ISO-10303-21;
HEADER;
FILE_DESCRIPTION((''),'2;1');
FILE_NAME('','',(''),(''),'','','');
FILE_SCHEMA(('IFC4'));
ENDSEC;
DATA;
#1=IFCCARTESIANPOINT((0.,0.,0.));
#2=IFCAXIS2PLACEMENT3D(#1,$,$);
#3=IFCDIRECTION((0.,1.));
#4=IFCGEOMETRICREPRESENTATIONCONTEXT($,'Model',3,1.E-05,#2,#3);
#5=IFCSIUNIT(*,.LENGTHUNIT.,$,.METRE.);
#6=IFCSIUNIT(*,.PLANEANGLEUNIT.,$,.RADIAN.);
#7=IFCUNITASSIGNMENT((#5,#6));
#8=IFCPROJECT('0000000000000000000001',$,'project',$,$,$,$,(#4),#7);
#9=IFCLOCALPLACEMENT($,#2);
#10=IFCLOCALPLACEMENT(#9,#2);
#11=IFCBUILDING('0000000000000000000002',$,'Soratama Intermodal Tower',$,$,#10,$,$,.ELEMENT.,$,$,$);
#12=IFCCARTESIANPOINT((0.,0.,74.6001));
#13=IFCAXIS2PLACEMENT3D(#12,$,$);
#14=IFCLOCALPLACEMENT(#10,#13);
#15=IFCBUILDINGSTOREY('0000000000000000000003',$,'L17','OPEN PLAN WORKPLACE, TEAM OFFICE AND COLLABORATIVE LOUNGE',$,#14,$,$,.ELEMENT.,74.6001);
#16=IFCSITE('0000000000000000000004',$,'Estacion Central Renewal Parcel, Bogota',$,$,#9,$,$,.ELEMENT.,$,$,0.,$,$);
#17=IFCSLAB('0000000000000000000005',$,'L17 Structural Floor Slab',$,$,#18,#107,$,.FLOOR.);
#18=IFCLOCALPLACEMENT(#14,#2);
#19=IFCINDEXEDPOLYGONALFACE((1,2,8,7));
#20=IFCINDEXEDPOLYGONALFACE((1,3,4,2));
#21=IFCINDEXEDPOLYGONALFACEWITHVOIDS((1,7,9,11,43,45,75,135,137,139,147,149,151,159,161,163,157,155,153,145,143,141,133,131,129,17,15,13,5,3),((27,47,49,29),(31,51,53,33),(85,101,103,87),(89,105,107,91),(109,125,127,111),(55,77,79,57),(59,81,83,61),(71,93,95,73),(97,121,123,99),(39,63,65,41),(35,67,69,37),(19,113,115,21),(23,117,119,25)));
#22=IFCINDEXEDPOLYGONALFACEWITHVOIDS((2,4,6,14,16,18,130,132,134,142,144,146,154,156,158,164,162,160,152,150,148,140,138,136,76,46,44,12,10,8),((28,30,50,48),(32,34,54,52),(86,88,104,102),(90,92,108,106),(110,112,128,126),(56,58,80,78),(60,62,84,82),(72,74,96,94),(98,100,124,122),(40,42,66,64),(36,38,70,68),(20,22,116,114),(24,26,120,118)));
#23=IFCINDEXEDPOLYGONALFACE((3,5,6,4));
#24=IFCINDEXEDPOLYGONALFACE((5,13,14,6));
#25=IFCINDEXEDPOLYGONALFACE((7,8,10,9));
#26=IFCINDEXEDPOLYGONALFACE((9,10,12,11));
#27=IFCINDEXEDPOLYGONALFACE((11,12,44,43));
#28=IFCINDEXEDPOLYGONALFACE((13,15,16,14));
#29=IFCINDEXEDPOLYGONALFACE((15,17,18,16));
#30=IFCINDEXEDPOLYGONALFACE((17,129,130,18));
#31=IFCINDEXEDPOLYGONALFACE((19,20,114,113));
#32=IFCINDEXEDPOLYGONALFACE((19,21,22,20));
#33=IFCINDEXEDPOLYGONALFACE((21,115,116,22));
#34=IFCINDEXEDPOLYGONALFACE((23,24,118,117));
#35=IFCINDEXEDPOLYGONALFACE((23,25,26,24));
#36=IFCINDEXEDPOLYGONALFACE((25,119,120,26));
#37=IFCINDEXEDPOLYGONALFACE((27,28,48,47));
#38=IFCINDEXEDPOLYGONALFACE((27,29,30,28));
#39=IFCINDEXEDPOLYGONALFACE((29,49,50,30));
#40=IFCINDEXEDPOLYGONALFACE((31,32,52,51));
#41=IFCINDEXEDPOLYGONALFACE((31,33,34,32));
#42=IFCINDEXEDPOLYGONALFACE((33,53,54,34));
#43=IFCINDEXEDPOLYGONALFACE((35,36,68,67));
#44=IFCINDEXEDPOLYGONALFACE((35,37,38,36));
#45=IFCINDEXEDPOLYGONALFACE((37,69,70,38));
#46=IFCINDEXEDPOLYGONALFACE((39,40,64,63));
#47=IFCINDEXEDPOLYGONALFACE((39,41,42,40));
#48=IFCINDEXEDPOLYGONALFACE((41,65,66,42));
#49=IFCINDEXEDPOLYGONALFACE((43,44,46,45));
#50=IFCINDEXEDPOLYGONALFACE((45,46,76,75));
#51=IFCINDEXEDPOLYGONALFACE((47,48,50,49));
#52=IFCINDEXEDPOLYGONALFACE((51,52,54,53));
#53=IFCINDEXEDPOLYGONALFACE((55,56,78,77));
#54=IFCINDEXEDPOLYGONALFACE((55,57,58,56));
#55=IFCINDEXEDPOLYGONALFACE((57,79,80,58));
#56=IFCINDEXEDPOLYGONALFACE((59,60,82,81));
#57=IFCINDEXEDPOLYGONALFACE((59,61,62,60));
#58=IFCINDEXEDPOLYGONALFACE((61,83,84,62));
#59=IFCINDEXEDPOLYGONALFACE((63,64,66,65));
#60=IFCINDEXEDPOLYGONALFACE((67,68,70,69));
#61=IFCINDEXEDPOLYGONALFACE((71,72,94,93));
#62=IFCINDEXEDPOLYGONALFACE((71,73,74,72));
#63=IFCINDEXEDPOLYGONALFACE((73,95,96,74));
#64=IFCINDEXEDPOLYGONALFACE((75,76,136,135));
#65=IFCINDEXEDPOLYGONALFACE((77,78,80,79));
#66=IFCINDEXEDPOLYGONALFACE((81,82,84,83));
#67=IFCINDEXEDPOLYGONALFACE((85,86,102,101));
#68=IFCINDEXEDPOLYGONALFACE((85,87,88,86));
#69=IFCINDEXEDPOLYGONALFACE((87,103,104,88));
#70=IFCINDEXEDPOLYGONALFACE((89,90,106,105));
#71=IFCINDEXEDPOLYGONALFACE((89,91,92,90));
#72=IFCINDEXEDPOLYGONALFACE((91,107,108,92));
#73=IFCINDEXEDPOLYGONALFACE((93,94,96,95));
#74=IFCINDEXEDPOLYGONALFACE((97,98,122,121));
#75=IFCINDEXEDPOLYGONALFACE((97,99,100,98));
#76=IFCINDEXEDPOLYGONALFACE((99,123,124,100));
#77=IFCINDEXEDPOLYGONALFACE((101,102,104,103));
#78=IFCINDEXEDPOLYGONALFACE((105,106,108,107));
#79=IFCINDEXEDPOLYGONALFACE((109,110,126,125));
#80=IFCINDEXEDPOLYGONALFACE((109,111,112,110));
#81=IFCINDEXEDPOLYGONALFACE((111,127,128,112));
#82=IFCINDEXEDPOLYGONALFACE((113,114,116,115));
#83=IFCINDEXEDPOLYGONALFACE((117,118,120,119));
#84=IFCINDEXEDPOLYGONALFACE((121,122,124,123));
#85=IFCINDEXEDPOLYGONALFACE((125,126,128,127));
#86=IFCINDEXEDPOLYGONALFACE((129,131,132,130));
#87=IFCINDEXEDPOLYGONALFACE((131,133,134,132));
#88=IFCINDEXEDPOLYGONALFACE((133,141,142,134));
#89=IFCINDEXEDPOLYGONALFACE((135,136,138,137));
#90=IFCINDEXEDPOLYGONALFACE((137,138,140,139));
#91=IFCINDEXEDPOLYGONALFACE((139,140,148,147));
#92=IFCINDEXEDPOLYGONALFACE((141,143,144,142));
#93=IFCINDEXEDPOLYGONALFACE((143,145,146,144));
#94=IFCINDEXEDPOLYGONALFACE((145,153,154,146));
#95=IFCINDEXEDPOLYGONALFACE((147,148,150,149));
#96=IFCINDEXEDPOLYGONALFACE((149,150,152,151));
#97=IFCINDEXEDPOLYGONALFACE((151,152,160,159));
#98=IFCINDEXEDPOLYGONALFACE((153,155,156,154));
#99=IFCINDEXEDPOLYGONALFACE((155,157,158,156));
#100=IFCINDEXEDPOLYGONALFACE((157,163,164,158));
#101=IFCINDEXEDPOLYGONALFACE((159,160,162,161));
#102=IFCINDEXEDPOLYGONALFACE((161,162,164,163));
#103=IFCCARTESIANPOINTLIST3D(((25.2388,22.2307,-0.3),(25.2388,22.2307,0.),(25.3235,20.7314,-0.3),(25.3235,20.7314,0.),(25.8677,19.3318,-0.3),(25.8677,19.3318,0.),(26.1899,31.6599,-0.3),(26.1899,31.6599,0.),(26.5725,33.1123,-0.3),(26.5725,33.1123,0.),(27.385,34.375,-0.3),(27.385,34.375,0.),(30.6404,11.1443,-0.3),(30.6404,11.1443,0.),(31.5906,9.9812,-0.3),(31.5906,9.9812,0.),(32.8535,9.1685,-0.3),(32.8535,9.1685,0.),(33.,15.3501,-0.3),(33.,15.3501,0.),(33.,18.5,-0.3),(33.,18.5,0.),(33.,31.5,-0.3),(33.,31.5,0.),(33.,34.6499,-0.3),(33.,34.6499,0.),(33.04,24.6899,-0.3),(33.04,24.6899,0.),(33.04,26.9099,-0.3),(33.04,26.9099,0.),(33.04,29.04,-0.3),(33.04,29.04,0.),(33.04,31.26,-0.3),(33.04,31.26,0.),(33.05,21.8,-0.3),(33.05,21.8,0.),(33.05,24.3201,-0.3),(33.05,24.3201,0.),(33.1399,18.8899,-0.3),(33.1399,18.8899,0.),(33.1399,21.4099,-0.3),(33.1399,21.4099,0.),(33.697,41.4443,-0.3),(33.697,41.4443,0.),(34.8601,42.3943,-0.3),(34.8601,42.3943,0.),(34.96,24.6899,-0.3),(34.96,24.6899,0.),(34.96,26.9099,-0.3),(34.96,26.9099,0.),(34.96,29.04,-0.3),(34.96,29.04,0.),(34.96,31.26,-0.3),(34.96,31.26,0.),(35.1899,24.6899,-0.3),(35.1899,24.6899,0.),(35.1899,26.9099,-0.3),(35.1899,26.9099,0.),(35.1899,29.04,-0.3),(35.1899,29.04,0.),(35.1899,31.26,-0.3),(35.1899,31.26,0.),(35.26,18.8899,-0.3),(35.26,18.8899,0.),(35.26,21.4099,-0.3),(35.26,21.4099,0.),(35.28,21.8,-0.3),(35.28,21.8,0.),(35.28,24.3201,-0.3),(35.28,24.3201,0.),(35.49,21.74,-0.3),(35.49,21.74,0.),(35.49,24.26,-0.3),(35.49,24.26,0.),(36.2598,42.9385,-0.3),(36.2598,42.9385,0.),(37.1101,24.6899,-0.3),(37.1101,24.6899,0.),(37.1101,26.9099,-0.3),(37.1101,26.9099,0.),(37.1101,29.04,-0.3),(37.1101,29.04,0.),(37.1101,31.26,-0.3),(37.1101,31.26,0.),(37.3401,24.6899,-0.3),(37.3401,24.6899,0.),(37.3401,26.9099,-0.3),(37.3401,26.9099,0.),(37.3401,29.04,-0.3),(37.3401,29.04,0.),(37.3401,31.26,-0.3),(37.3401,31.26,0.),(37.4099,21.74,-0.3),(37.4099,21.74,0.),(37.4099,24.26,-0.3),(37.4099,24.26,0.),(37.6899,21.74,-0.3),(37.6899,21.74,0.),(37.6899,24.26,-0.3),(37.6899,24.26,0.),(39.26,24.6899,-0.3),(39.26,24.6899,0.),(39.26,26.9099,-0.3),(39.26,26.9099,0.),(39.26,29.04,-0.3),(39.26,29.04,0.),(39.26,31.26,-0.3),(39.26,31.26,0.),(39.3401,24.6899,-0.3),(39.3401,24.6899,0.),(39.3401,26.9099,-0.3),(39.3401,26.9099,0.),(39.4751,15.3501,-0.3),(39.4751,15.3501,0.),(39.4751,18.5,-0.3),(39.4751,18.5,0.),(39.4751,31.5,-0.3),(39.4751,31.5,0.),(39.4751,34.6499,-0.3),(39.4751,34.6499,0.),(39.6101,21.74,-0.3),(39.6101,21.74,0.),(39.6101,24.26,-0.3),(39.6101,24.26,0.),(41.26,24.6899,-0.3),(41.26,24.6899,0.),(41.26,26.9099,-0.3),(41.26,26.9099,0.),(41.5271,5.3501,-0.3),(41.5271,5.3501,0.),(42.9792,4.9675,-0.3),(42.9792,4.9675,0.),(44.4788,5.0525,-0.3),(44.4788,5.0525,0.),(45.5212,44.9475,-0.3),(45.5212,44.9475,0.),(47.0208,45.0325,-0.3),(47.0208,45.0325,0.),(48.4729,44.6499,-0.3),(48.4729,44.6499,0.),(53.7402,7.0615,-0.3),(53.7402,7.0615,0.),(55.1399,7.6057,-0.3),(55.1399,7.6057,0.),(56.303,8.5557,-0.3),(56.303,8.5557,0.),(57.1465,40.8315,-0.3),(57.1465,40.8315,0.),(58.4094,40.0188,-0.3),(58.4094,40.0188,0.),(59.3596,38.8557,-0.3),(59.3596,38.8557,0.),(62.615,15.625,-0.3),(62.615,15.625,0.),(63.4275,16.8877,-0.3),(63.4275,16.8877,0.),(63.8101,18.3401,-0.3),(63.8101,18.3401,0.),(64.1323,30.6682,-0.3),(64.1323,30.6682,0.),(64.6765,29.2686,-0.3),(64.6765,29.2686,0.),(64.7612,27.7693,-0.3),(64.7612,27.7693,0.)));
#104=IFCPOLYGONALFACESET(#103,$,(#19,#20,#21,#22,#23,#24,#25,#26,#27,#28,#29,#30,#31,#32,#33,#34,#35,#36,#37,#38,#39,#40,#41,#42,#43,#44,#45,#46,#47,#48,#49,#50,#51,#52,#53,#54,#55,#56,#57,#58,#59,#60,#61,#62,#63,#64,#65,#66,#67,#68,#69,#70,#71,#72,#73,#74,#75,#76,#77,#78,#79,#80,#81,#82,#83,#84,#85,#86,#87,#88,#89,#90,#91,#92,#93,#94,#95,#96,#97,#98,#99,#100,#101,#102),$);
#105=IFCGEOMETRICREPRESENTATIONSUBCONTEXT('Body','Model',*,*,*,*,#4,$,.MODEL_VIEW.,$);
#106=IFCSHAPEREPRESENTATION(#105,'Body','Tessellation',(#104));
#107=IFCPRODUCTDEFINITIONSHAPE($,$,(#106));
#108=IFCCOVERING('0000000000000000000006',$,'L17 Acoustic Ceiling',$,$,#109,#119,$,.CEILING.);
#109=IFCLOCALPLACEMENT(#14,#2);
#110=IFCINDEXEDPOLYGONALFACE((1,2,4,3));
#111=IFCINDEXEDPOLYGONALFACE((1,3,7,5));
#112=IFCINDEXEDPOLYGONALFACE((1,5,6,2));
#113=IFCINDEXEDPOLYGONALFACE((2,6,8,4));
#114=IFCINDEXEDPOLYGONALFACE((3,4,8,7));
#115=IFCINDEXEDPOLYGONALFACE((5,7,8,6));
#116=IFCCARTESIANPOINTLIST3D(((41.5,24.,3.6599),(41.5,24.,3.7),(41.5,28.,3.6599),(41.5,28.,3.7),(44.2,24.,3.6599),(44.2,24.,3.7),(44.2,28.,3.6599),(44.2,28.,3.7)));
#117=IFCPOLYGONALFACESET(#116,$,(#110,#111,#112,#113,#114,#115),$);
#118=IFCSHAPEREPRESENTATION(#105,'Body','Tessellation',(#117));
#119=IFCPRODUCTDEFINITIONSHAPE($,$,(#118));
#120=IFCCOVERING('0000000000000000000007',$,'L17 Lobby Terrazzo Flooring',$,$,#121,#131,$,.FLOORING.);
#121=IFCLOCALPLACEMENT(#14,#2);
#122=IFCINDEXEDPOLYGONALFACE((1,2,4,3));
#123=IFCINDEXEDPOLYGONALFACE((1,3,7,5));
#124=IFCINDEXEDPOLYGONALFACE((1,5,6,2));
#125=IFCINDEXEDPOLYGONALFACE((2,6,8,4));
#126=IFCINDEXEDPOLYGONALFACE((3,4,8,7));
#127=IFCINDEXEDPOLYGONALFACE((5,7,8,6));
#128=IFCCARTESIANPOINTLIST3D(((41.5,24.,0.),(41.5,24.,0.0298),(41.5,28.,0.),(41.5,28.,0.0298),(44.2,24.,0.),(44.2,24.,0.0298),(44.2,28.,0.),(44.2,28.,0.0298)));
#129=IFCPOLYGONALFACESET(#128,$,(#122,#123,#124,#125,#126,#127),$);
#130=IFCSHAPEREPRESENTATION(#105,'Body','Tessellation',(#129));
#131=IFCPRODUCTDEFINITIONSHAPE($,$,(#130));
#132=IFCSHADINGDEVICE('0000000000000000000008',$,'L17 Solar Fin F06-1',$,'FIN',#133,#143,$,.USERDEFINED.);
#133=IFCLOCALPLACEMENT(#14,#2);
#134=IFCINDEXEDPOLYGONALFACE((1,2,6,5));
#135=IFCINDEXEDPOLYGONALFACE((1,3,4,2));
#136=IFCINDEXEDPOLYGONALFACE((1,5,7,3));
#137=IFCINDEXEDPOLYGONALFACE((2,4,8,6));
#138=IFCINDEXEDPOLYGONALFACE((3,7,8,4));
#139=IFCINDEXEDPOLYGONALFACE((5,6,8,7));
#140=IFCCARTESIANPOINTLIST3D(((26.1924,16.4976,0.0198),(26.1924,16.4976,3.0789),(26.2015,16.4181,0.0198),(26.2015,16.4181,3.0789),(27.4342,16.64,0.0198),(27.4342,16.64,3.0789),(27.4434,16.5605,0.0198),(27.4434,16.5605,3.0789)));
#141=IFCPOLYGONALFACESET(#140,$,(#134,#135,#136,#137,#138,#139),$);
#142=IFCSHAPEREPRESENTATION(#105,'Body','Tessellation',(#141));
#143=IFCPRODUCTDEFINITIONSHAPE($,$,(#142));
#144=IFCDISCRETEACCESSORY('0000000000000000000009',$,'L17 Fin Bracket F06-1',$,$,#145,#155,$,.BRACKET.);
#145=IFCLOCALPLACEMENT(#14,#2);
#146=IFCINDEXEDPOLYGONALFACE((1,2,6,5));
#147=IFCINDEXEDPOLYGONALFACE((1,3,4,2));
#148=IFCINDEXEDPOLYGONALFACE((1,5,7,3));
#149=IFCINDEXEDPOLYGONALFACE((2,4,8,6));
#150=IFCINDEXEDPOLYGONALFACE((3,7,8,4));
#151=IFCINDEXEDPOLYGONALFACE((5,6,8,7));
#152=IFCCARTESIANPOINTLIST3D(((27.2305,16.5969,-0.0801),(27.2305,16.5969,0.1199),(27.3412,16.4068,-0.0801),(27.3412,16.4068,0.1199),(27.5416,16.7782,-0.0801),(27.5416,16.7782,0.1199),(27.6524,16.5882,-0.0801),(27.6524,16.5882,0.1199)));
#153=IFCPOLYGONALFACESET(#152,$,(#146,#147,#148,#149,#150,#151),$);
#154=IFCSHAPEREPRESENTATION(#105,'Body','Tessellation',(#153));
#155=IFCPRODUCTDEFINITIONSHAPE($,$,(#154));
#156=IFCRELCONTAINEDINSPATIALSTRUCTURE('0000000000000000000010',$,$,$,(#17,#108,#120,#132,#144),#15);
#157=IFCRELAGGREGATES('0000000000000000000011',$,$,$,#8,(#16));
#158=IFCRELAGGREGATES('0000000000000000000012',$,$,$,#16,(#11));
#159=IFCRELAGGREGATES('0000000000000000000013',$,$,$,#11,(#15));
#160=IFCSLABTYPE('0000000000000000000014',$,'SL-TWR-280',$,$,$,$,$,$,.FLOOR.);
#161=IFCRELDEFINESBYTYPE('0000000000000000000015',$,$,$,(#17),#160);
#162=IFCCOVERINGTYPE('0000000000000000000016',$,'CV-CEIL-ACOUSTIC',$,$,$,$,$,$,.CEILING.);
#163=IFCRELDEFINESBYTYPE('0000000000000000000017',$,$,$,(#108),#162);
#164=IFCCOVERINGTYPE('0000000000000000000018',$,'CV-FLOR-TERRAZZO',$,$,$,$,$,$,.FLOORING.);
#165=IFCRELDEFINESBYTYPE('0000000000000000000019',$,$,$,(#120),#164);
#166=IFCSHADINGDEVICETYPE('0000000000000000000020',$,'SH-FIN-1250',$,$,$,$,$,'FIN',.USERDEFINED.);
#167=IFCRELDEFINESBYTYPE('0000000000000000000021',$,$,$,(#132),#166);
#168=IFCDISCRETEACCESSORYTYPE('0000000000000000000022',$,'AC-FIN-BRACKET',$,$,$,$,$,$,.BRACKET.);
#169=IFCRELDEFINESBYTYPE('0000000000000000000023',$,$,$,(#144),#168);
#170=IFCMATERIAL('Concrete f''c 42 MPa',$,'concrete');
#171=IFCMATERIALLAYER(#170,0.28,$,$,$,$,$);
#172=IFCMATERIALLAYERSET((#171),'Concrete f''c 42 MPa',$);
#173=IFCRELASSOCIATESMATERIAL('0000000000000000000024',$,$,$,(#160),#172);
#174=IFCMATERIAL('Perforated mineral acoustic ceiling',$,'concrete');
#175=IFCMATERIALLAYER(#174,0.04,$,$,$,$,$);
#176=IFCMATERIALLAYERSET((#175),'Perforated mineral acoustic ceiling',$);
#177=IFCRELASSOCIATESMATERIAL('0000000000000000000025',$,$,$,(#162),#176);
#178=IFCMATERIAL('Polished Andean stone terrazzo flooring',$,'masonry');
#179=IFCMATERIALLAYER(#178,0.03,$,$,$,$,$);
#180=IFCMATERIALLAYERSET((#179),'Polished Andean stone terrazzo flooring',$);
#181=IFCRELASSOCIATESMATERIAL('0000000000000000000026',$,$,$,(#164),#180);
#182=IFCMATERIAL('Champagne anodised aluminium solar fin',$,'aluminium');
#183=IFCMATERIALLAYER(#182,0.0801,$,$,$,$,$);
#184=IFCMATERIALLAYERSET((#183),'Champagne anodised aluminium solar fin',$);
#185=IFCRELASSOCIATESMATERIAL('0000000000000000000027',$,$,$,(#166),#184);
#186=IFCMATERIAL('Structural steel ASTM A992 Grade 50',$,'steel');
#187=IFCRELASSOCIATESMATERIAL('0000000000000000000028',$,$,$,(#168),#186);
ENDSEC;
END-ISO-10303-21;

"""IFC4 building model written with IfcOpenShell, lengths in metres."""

from ifc_helpers import new_model, si_unit, direction, frame, origin, origin_2d, place, context, subcontext, project, spatial, polyline, rectangle, outline, extrude, material, layer, layer_set, type_object, element, save


model = new_model("IFC4")

# Units and contexts
model_context = context("Model", 3, precision=1e-05, world=origin(), true_north=direction((0.0, 1.0)))
body_context = subcontext(model_context, "Body", "Model", "MODEL_VIEW")
ifc_project = project(units=[si_unit("LENGTHUNIT", "METRE"), si_unit("PLANEANGLEUNIT", "RADIAN")], contexts=[model_context])

# Site, building, storey
site_placement = place(None, origin())
site = spatial("IfcSite", under=ifc_project, at=site_placement, Name="Estacion Central Renewal Parcel, Bogota", CompositionType="ELEMENT", RefElevation=0.0)
building_placement = place(site_placement, origin())
building = spatial("IfcBuilding", under=site, at=building_placement, Name="Soratama Intermodal Tower", CompositionType="ELEMENT")
storey_placement = place(building_placement, frame((0.0, 0.0, 74.6001)))
storey = spatial("IfcBuildingStorey", under=building, at=storey_placement, Name="L17", Description="OPEN PLAN WORKPLACE, TEAM OFFICE AND COLLABORATIVE LOUNGE", CompositionType="ELEMENT", Elevation=74.6001)

# Slab
ifc_material_1 = material(Name="Concrete f'c 42 MPa", Category="concrete")
ifc_layer_1 = layer(ifc_material_1, 0.28)
ifc_layer_set_1 = layer_set([ifc_layer_1], Name="Concrete f'c 42 MPa")
slab_type_1 = type_object("IfcSlabType", Name="SL-TWR-280", PredefinedType="FLOOR", material=ifc_layer_set_1)
slab_1_placement = place(storey_placement, frame((0.0, 0.0, -0.3)))
element("IfcSlab", 1, at=slab_1_placement, inside=storey, type_object=slab_type_1, Name="L17 Structural Floor Slab", PredefinedType="FLOOR", context=body_context, shape_type="SweptSolid", body=[
    extrude(outline(polyline([(64.7612, 27.7693), (64.6765, 29.2686), (64.1323, 30.6682), (59.3596, 38.8557), (58.4094, 40.0188), (57.1465, 40.8315), (48.4729, 44.6499), (47.0208, 45.0325), (45.5212, 44.9475), (36.2598, 42.9385), (34.8601, 42.3943), (33.697, 41.4443), (27.385, 34.375), (26.5725, 33.1123), (26.1899, 31.6599), (25.2388, 22.2307), (25.3235, 20.7314), (25.8677, 19.3318), (30.6404, 11.1443), (31.5906, 9.9812), (32.8535, 9.1685), (41.5271, 5.3501), (42.9792, 4.9675), (44.4788, 5.0525), (53.7402, 7.0615), (55.1399, 7.6057), (56.303, 8.5557), (62.615, 15.625), (63.4275, 16.8877), (63.8101, 18.3401), (64.7612, 27.7693)]), holes=[polyline([(33.0, 18.5), (33.0, 15.3501), (39.4751, 15.3501), (39.4751, 18.5), (33.0, 18.5)]), polyline([(35.26, 18.8899), (35.26, 21.4099), (33.1399, 21.4099), (33.1399, 18.8899), (35.26, 18.8899)]), polyline([(33.05, 21.8), (35.28, 21.8), (35.28, 24.3201), (33.05, 24.3201), (33.05, 21.8)]), polyline([(34.96, 26.9099), (33.04, 26.9099), (33.04, 24.6899), (34.96, 24.6899), (34.96, 26.9099)]), polyline([(37.1101, 24.6899), (37.1101, 26.9099), (35.1899, 26.9099), (35.1899, 24.6899), (37.1101, 24.6899)]), polyline([(34.96, 29.04), (34.96, 31.26), (33.04, 31.26), (33.04, 29.04), (34.96, 29.04)]), polyline([(37.1101, 31.26), (35.1899, 31.26), (35.1899, 29.04), (37.1101, 29.04), (37.1101, 31.26)]), polyline([(37.4099, 21.74), (37.4099, 24.26), (35.49, 24.26), (35.49, 21.74), (37.4099, 21.74)]), polyline([(39.6101, 21.74), (39.6101, 24.26), (37.6899, 24.26), (37.6899, 21.74), (39.6101, 21.74)]), polyline([(39.26, 24.6899), (39.26, 26.9099), (37.3401, 26.9099), (37.3401, 24.6899), (39.26, 24.6899)]), polyline([(41.26, 24.6899), (41.26, 26.9099), (39.3401, 26.9099), (39.3401, 24.6899), (41.26, 24.6899)]), polyline([(39.26, 29.04), (39.26, 31.26), (37.3401, 31.26), (37.3401, 29.04), (39.26, 29.04)]), polyline([(39.4751, 34.6499), (33.0, 34.6499), (33.0, 31.5), (39.4751, 31.5), (39.4751, 34.6499)])]), origin(), (0.0, 0.0, 1.0), 0.3),
])

# Coverings
ifc_material_2 = material(Name="Perforated mineral acoustic ceiling", Category="concrete")
ifc_layer_2 = layer(ifc_material_2, 0.04)
ifc_layer_set_2 = layer_set([ifc_layer_2], Name="Perforated mineral acoustic ceiling")
covering_type_1 = type_object("IfcCoveringType", Name="CV-CEIL-ACOUSTIC", PredefinedType="CEILING", material=ifc_layer_set_2)
covering_1_placement = place(storey_placement, frame((0.0, 0.0, 3.6599)))
element("IfcCovering", 2, at=covering_1_placement, inside=storey, type_object=covering_type_1, Name="L17 Acoustic Ceiling", PredefinedType="CEILING", context=body_context, shape_type="SweptSolid", body=[
    extrude(outline(polyline([(41.5, 24.0), (44.2, 24.0), (44.2, 28.0), (41.5, 28.0), (41.5, 24.0)])), origin(), (0.0, 0.0, 1.0), 0.04),
])
ifc_material_3 = material(Name="Polished Andean stone terrazzo flooring", Category="masonry")
ifc_layer_3 = layer(ifc_material_3, 0.03)
ifc_layer_set_3 = layer_set([ifc_layer_3], Name="Polished Andean stone terrazzo flooring")
covering_type_2 = type_object("IfcCoveringType", Name="CV-FLOR-TERRAZZO", PredefinedType="FLOORING", material=ifc_layer_set_3)
covering_2_placement = place(storey_placement, origin())
element("IfcCovering", 3, at=covering_2_placement, inside=storey, type_object=covering_type_2, Name="L17 Lobby Terrazzo Flooring", PredefinedType="FLOORING", context=body_context, shape_type="SweptSolid", body=[
    extrude(outline(polyline([(41.5, 24.0), (44.2, 24.0), (44.2, 28.0), (41.5, 28.0), (41.5, 24.0)])), origin(), (0.0, 0.0, 1.0), 0.0298),
])

# Shading device
ifc_material_4 = material(Name="Champagne anodised aluminium solar fin", Category="aluminium")
ifc_layer_4 = layer(ifc_material_4, 0.0801)
ifc_layer_set_4 = layer_set([ifc_layer_4], Name="Champagne anodised aluminium solar fin")
shading_device_type = type_object("IfcShadingDeviceType", Name="SH-FIN-1250", ElementType="FIN", PredefinedType="USERDEFINED", material=ifc_layer_set_4)
shading_device_placement = place(storey_placement, frame((26.8179, 16.5291, 0.0198), z_axis=(0.0, 0.0, 1.0), x_axis=(-0.993493, -0.113897, 0.0)))
element("IfcShadingDevice", 4, at=shading_device_placement, inside=storey, type_object=shading_device_type, Name="L17 Solar Fin F06-1", ObjectType="FIN", PredefinedType="USERDEFINED", context=body_context, shape_type="SweptSolid", body=[
    extrude(rectangle(XDim=1.25, YDim=0.0801, at=origin_2d()), origin(), (0.0, 0.0, 1.0), 3.0591),
])

# Discrete accessory
ifc_material_5 = material(Name="Structural steel ASTM A992 Grade 50", Category="steel")
discrete_accessory_type = type_object("IfcDiscreteAccessoryType", Name="AC-FIN-BRACKET", PredefinedType="BRACKET", material=ifc_material_5)
discrete_accessory_placement = place(storey_placement, frame((27.4414, 16.5925, -0.0801), z_axis=(0.0, 0.0, 1.0), x_axis=(-0.863923, -0.503623, 0.0)))
element("IfcDiscreteAccessory", 5, at=discrete_accessory_placement, inside=storey, type_object=discrete_accessory_type, Name="L17 Fin Bracket F06-1", PredefinedType="BRACKET", context=body_context, shape_type="SweptSolid", body=[
    extrude(rectangle(XDim=0.3601, YDim=0.22, at=origin_2d()), origin(), (0.0, 0.0, 1.0), 0.2),
])

save(model, "model.ifc")
